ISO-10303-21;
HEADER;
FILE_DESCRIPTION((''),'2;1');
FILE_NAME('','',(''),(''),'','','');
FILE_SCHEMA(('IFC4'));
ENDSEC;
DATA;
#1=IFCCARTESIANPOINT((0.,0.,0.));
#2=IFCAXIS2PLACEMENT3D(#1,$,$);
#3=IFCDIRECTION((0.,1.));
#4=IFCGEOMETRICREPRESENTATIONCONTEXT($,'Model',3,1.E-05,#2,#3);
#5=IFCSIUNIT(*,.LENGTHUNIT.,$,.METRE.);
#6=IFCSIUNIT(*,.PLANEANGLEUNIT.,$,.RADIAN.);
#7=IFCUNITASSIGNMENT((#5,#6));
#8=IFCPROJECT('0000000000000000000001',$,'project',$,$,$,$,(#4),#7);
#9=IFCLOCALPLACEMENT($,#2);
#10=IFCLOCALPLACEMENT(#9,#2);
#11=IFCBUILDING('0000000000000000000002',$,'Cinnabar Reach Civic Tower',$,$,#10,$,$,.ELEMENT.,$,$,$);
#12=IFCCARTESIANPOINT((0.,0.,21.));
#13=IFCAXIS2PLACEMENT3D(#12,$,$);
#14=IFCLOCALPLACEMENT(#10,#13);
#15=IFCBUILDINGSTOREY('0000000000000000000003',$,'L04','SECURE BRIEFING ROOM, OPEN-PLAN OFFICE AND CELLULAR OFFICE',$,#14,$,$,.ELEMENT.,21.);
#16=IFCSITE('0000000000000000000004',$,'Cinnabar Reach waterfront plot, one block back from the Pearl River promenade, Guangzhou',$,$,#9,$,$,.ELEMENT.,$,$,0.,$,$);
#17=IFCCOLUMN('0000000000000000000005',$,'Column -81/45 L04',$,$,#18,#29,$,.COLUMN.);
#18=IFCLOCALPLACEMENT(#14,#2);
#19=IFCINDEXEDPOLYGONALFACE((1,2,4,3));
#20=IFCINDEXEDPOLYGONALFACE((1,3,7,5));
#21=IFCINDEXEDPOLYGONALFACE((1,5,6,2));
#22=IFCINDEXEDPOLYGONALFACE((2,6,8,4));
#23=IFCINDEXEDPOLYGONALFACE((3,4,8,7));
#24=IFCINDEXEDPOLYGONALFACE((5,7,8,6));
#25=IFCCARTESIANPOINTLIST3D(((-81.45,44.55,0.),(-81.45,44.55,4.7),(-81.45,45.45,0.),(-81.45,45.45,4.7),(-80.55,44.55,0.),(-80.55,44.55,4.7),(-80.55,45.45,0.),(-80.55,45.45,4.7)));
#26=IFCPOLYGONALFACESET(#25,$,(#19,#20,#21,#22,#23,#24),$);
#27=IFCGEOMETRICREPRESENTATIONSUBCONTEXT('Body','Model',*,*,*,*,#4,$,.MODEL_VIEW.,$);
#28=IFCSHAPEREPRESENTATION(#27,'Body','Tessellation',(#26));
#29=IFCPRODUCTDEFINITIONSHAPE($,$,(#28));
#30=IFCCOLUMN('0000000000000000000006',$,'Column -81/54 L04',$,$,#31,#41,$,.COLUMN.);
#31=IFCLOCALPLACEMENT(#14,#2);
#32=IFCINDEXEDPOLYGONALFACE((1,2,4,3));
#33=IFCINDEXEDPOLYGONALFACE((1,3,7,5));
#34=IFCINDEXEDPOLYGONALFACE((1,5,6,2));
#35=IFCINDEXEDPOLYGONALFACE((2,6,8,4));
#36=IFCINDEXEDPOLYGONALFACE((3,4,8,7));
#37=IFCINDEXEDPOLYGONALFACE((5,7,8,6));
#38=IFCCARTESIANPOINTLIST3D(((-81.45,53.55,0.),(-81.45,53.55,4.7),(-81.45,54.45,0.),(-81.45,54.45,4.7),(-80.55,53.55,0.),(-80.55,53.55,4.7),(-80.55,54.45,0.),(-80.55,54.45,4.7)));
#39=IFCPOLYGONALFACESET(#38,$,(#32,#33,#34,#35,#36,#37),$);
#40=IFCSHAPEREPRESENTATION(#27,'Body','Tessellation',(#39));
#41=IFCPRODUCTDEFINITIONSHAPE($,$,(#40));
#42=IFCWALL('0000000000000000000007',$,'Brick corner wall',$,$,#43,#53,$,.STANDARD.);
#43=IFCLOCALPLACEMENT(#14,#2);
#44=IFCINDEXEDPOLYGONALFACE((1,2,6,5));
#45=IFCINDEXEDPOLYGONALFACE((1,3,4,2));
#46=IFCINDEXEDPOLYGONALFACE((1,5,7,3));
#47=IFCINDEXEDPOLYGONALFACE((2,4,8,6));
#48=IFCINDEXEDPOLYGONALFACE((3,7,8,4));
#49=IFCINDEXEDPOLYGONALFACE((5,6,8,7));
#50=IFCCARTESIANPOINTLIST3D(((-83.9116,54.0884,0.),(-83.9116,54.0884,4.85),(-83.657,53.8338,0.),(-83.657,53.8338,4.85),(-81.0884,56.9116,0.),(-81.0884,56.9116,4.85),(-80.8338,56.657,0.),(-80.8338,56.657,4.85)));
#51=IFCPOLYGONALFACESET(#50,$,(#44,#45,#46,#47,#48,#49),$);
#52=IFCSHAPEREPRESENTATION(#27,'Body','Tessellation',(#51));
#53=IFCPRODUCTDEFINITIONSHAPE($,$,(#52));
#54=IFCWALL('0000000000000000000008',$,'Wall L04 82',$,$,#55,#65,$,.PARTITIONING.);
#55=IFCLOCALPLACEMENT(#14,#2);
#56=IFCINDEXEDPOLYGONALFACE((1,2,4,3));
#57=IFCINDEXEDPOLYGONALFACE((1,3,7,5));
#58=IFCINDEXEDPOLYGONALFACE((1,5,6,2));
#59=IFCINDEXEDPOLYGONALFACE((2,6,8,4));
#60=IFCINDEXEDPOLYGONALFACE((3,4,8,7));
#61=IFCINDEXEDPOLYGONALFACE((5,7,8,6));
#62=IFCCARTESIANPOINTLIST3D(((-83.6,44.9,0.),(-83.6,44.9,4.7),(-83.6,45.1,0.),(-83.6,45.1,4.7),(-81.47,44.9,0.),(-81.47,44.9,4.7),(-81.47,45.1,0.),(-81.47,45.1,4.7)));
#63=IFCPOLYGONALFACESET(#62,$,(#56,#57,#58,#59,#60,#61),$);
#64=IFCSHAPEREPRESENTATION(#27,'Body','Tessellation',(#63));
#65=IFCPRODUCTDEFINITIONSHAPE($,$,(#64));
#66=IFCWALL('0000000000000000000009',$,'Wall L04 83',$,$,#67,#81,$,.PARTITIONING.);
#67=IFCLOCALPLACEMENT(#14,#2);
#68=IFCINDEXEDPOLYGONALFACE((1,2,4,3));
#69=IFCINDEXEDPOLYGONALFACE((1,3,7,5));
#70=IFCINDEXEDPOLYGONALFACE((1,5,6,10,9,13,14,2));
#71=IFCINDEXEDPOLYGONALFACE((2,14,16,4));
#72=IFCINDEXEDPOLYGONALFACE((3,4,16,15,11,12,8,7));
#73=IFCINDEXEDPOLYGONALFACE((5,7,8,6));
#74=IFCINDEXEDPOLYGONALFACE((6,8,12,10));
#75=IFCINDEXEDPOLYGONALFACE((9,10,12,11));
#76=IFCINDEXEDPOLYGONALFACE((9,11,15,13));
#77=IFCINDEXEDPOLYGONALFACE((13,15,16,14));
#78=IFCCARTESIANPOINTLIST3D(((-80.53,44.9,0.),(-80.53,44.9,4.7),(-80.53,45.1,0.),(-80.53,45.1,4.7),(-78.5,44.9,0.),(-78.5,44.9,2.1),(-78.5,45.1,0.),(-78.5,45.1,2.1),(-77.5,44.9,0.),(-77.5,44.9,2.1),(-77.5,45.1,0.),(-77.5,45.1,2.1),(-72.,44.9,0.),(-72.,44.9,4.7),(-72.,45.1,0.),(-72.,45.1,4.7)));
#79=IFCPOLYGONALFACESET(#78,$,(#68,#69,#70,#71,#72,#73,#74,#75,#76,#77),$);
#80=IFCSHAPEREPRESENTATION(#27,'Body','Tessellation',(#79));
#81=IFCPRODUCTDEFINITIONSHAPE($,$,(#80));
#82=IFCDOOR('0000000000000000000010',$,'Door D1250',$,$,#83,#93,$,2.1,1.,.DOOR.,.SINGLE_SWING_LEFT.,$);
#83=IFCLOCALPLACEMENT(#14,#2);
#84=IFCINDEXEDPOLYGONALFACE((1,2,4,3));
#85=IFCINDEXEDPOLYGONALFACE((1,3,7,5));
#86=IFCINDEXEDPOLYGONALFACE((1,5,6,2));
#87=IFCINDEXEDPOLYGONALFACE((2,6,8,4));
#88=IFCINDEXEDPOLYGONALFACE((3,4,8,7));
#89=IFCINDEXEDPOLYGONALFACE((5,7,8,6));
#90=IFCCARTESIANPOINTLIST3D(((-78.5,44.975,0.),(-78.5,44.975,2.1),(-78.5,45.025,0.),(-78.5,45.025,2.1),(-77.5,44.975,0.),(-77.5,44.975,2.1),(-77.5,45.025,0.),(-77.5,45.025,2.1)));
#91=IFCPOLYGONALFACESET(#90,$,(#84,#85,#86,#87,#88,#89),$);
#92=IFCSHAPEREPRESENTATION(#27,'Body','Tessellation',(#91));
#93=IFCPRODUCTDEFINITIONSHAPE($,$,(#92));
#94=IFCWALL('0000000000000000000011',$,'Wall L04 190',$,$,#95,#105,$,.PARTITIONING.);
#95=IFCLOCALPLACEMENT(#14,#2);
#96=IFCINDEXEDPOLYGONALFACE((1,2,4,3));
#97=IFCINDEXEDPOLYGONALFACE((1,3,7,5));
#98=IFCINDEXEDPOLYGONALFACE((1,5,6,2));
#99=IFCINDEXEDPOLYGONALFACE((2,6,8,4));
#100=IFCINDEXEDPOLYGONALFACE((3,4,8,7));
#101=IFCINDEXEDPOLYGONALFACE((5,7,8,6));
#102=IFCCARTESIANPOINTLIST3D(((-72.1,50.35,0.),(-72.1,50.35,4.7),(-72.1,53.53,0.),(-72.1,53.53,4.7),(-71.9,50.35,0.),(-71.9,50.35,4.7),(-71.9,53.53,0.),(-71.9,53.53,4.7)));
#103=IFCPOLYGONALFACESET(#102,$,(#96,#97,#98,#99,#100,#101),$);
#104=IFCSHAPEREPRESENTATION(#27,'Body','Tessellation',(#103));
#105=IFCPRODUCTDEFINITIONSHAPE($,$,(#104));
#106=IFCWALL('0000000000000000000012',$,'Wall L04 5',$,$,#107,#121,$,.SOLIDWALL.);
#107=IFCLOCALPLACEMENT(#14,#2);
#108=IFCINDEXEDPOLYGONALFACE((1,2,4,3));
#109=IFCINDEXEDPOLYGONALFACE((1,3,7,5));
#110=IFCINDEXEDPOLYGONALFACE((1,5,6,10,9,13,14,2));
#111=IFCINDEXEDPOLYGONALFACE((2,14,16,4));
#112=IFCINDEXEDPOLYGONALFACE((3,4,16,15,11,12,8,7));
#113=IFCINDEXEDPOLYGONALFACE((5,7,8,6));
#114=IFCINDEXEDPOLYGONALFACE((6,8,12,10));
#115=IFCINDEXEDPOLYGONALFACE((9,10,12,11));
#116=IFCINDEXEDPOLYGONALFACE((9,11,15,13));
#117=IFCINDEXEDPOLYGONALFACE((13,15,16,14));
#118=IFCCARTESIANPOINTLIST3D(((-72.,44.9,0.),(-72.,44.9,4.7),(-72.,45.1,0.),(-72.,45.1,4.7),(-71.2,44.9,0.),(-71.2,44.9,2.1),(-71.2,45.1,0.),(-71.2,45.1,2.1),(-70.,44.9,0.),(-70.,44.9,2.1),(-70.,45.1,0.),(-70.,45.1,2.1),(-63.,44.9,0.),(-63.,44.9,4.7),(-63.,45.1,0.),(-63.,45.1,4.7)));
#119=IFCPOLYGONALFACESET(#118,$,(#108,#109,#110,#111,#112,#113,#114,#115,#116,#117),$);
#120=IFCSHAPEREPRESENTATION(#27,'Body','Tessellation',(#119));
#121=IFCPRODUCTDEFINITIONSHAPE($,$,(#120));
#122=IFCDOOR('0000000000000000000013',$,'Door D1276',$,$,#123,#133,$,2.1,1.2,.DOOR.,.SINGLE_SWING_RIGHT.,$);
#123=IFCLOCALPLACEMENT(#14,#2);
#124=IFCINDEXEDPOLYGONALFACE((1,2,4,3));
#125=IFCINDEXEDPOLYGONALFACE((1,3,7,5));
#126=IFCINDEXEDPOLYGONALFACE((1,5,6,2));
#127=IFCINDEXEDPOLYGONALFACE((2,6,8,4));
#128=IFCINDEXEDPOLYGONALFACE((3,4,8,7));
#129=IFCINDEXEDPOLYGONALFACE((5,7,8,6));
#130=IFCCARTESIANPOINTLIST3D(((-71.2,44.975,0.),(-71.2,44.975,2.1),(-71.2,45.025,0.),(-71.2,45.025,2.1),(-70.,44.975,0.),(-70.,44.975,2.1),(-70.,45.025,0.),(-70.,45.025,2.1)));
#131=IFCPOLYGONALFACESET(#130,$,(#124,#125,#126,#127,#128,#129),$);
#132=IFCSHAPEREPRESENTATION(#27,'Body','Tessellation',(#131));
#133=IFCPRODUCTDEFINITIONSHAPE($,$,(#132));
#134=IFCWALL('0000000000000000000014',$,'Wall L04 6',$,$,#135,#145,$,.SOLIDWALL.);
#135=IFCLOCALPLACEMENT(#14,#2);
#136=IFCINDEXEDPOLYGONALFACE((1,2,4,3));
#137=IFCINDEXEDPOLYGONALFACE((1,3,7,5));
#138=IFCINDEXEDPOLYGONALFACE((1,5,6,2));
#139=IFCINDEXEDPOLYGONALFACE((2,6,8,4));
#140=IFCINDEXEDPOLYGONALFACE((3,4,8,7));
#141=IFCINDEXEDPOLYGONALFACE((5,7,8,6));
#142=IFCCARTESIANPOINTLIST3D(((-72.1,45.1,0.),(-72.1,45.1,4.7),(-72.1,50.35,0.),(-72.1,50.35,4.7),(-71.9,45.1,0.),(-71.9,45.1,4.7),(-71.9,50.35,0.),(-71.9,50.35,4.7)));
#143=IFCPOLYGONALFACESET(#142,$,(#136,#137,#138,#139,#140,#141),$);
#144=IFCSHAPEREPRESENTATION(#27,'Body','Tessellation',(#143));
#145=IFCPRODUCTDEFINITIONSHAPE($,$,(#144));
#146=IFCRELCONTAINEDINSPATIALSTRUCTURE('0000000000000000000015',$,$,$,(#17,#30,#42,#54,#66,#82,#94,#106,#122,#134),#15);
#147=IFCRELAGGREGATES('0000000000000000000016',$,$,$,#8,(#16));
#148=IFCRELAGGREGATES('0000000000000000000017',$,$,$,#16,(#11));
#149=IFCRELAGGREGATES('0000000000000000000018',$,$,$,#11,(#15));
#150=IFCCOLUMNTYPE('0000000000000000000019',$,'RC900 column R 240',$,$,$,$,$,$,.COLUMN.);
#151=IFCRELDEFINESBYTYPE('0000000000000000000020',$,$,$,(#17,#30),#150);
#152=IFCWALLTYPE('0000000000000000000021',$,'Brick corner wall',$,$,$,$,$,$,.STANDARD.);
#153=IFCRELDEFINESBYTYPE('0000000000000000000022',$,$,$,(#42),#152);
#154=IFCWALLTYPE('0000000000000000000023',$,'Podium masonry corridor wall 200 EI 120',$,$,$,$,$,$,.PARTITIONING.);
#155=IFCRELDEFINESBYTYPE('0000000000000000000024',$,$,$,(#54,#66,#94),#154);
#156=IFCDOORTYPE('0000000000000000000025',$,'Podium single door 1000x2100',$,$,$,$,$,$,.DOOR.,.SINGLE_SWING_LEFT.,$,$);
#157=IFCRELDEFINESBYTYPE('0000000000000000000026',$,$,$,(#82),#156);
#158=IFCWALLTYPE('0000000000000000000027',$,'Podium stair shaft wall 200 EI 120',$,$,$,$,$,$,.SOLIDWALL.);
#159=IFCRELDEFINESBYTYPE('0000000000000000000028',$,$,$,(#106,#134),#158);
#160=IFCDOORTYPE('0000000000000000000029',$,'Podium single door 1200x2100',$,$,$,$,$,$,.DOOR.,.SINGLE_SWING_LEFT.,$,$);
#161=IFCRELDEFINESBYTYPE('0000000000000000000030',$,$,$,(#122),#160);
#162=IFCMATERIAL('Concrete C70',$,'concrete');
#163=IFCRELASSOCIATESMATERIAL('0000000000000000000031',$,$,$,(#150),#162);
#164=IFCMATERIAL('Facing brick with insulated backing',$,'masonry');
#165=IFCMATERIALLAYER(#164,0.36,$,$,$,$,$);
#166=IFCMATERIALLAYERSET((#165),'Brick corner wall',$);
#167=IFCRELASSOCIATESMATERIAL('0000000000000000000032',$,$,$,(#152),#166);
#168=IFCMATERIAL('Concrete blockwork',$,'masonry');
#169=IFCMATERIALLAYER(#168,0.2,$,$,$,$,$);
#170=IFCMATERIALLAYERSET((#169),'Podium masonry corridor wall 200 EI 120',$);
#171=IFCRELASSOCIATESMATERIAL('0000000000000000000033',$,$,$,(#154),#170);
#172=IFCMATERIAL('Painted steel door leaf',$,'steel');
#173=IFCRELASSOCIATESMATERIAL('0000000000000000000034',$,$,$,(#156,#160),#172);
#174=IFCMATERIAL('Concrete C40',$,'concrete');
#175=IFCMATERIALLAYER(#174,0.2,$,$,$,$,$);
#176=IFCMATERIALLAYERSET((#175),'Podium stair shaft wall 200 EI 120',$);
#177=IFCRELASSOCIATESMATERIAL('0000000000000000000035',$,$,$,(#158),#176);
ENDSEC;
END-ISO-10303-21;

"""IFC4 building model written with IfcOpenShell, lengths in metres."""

from ifc_helpers import new_model, si_unit, direction, frame, frame_2d, origin, origin_2d, place, context, subcontext, project, spatial, rectangle, extrude, material, layer, layer_set, material_profile, profile_set, type_object, element, fill, save


model = new_model("IFC4")

# Units and contexts
model_context = context("Model", 3, precision=1e-05, world=origin(), true_north=direction((0.0, 1.0)))
body_context = subcontext(model_context, "Body", "Model", "MODEL_VIEW")
ifc_project = project(units=[si_unit("LENGTHUNIT", "METRE"), si_unit("PLANEANGLEUNIT", "RADIAN")], contexts=[model_context])

# Site, building, storey
site_placement = place(None, origin())
site = spatial("IfcSite", under=ifc_project, at=site_placement, Name="Cinnabar Reach waterfront plot, one block back from the Pearl River promenade, Guangzhou", CompositionType="ELEMENT", RefElevation=0.0)
building_placement = place(site_placement, origin())
building = spatial("IfcBuilding", under=site, at=building_placement, Name="Cinnabar Reach Civic Tower", CompositionType="ELEMENT")
storey_placement = place(building_placement, frame((0.0, 0.0, 21.0)))
storey = spatial("IfcBuildingStorey", under=building, at=storey_placement, Name="L04", Description="SECURE BRIEFING ROOM, OPEN-PLAN OFFICE AND CELLULAR OFFICE", CompositionType="ELEMENT", Elevation=21.0)

# Columns
ifc_material_1 = material(Name="Concrete C70", Category="concrete")
ifc_material_profile = material_profile(ifc_material_1, rectangle(XDim=0.9, YDim=0.9, at=origin_2d()), Name="RC900")
ifc_profile_set = profile_set([ifc_material_profile], Name="Concrete C70")
column_type = type_object("IfcColumnType", Name="RC900 column R 240", PredefinedType="COLUMN", material=ifc_profile_set)
for number, where, z_axis, x_axis, name in (
    (1, (-81.0, 45.0, 0.0), (0.0, 0.0, 1.0), (1.0, 0.0, 0.0), "Column -81/45 L04"),
    (2, (-81.0, 54.0, 0.0), (0.0, 0.0, 1.0), (1.0, 0.0, 0.0), "Column -81/54 L04"),
):
    element("IfcColumn", number, at=place(storey_placement, frame(where, z_axis=z_axis, x_axis=x_axis)), inside=storey, type_object=column_type, Name=name, PredefinedType="COLUMN", context=body_context, shape_type="SweptSolid", body=[
        extrude(rectangle(XDim=0.9, YDim=0.9, at=origin_2d()), origin(), (0.0, 0.0, 1.0), 4.7),
    ])

# Wall
ifc_material_2 = material(Name="Facing brick with insulated backing", Category="masonry")
ifc_layer_1 = layer(ifc_material_2, 0.36)
ifc_layer_set_1 = layer_set([ifc_layer_1], Name="Brick corner wall")
wall_type_1 = type_object("IfcWallType", Name="Brick corner wall", PredefinedType="STANDARD", material=ifc_layer_set_1)
wall_1_placement = place(storey_placement, frame((-80.9611, 56.7843, 0.0), z_axis=(0.0, 0.0, 1.0), x_axis=(-0.707107, -0.707107, 0.0)))
element("IfcWall", 3, at=wall_1_placement, inside=storey, type_object=wall_type_1, Name="Brick corner wall", PredefinedType="STANDARD", context=body_context, shape_type="SweptSolid", body=[
    extrude(rectangle(XDim=3.9926, YDim=0.36, at=frame_2d((1.9963, 0.0))), origin(), (0.0, 0.0, 1.0), 4.85),
])

# Wall
ifc_material_3 = material(Name="Concrete blockwork", Category="masonry")
ifc_layer_2 = layer(ifc_material_3, 0.2)
ifc_layer_set_2 = layer_set([ifc_layer_2], Name="Podium masonry corridor wall 200 EI 120")
wall_type_2 = type_object("IfcWallType", Name="Podium masonry corridor wall 200 EI 120", PredefinedType="PARTITIONING", material=ifc_layer_set_2)
wall_2_placement = place(storey_placement, frame((-83.6, 45.0, 0.0), z_axis=(0.0, 0.0, 1.0), x_axis=(1.0, 0.0, 0.0)))
element("IfcWall", 4, at=wall_2_placement, inside=storey, type_object=wall_type_2, Name="Wall L04 82", PredefinedType="PARTITIONING", context=body_context, shape_type="SweptSolid", body=[
    extrude(rectangle(XDim=2.13, YDim=0.2, at=frame_2d((1.065, 0.0))), origin(), (0.0, 0.0, 1.0), 4.7),
])

# Wall, opening, door
wall_3_placement = place(storey_placement, frame((-80.53, 45.0, 0.0), z_axis=(0.0, 0.0, 1.0), x_axis=(1.0, 0.0, 0.0)))
wall_3 = element("IfcWall", 5, at=wall_3_placement, inside=storey, type_object=wall_type_2, Name="Wall L04 83", PredefinedType="PARTITIONING", context=body_context, shape_type="SweptSolid", body=[
    extrude(rectangle(XDim=8.53, YDim=0.2, at=frame_2d((4.265, 0.0))), origin(), (0.0, 0.0, 1.0), 4.7),
])
opening_1_placement = place(wall_3_placement, frame((2.03, 0.0, 0.0)))
opening_1 = element("IfcOpeningElement", 6, at=opening_1_placement, cuts=wall_3, PredefinedType="OPENING", context=body_context, shape_type="SweptSolid", body=[
    extrude(rectangle(XDim=1.0, YDim=2.1, at=frame_2d((0.5, 1.05))), frame((0.0, 0.11, 0.0), z_axis=(0.0, -1.0, 0.0), x_axis=(1.0, 0.0, 0.0)), (0.0, 0.0, 1.0), 0.22),
])
ifc_material_4 = material(Name="Painted steel door leaf", Category="steel")
door_type_1 = type_object("IfcDoorType", Name="Podium single door 1000x2100", OperationType="SINGLE_SWING_LEFT", PredefinedType="DOOR", material=ifc_material_4)
door_1_placement = place(opening_1_placement, origin())
door_1 = element("IfcDoor", 7, at=door_1_placement, inside=storey, type_object=door_type_1, Name="Door D1250", OperationType="SINGLE_SWING_LEFT", OverallHeight=2.1, OverallWidth=1.0, PredefinedType="DOOR", context=body_context, shape_type="SweptSolid", body=[
    extrude(rectangle(XDim=1.0, YDim=2.1, at=frame_2d((0.5, 1.05))), frame((0.0, 0.025, 0.0), z_axis=(0.0, -1.0, 0.0), x_axis=(1.0, 0.0, 0.0)), (0.0, 0.0, 1.0), 0.05),
])
fill(opening_1, door_1)

# Wall
wall_4_placement = place(storey_placement, frame((-72.0, 50.35, 0.0), z_axis=(0.0, 0.0, 1.0), x_axis=(0.0, 1.0, 0.0)))
element("IfcWall", 8, at=wall_4_placement, inside=storey, type_object=wall_type_2, Name="Wall L04 190", PredefinedType="PARTITIONING", context=body_context, shape_type="SweptSolid", body=[
    extrude(rectangle(XDim=3.18, YDim=0.2, at=frame_2d((1.59, 0.0))), origin(), (0.0, 0.0, 1.0), 4.7),
])

# Wall, opening, door
ifc_material_5 = material(Name="Concrete C40", Category="concrete")
ifc_layer_3 = layer(ifc_material_5, 0.2)
ifc_layer_set_3 = layer_set([ifc_layer_3], Name="Podium stair shaft wall 200 EI 120")
wall_type_3 = type_object("IfcWallType", Name="Podium stair shaft wall 200 EI 120", PredefinedType="SOLIDWALL", material=ifc_layer_set_3)
wall_5_placement = place(storey_placement, frame((-72.0, 45.0, 0.0), z_axis=(0.0, 0.0, 1.0), x_axis=(1.0, 0.0, 0.0)))
wall_5 = element("IfcWall", 9, at=wall_5_placement, inside=storey, type_object=wall_type_3, Name="Wall L04 5", PredefinedType="SOLIDWALL", context=body_context, shape_type="SweptSolid", body=[
    extrude(rectangle(XDim=9.0, YDim=0.2, at=frame_2d((4.5, 0.0))), origin(), (0.0, 0.0, 1.0), 4.7),
])
opening_2_placement = place(wall_5_placement, frame((0.8, 0.0, 0.0)))
opening_2 = element("IfcOpeningElement", 10, at=opening_2_placement, cuts=wall_5, PredefinedType="OPENING", context=body_context, shape_type="SweptSolid", body=[
    extrude(rectangle(XDim=1.2, YDim=2.1, at=frame_2d((0.6, 1.05))), frame((0.0, 0.11, 0.0), z_axis=(0.0, -1.0, 0.0), x_axis=(1.0, 0.0, 0.0)), (0.0, 0.0, 1.0), 0.22),
])
door_type_2 = type_object("IfcDoorType", Name="Podium single door 1200x2100", OperationType="SINGLE_SWING_LEFT", PredefinedType="DOOR", material=ifc_material_4)
door_2_placement = place(opening_2_placement, origin())
door_2 = element("IfcDoor", 11, at=door_2_placement, inside=storey, type_object=door_type_2, Name="Door D1276", OperationType="SINGLE_SWING_RIGHT", OverallHeight=2.1, OverallWidth=1.2, PredefinedType="DOOR", context=body_context, shape_type="SweptSolid", body=[
    extrude(rectangle(XDim=1.2, YDim=2.1, at=frame_2d((0.6, 1.05))), frame((0.0, 0.025, 0.0), z_axis=(0.0, -1.0, 0.0), x_axis=(1.0, 0.0, 0.0)), (0.0, 0.0, 1.0), 0.05),
])
fill(opening_2, door_2)

# Wall
wall_6_placement = place(storey_placement, frame((-72.0, 45.1, 0.0), z_axis=(0.0, 0.0, 1.0), x_axis=(0.0, 1.0, 0.0)))
element("IfcWall", 12, at=wall_6_placement, inside=storey, type_object=wall_type_3, Name="Wall L04 6", PredefinedType="SOLIDWALL", context=body_context, shape_type="SweptSolid", body=[
    extrude(rectangle(XDim=5.25, YDim=0.2, at=frame_2d((2.625, 0.0))), origin(), (0.0, 0.0, 1.0), 4.7),
])

save(model, "model.ifc")
